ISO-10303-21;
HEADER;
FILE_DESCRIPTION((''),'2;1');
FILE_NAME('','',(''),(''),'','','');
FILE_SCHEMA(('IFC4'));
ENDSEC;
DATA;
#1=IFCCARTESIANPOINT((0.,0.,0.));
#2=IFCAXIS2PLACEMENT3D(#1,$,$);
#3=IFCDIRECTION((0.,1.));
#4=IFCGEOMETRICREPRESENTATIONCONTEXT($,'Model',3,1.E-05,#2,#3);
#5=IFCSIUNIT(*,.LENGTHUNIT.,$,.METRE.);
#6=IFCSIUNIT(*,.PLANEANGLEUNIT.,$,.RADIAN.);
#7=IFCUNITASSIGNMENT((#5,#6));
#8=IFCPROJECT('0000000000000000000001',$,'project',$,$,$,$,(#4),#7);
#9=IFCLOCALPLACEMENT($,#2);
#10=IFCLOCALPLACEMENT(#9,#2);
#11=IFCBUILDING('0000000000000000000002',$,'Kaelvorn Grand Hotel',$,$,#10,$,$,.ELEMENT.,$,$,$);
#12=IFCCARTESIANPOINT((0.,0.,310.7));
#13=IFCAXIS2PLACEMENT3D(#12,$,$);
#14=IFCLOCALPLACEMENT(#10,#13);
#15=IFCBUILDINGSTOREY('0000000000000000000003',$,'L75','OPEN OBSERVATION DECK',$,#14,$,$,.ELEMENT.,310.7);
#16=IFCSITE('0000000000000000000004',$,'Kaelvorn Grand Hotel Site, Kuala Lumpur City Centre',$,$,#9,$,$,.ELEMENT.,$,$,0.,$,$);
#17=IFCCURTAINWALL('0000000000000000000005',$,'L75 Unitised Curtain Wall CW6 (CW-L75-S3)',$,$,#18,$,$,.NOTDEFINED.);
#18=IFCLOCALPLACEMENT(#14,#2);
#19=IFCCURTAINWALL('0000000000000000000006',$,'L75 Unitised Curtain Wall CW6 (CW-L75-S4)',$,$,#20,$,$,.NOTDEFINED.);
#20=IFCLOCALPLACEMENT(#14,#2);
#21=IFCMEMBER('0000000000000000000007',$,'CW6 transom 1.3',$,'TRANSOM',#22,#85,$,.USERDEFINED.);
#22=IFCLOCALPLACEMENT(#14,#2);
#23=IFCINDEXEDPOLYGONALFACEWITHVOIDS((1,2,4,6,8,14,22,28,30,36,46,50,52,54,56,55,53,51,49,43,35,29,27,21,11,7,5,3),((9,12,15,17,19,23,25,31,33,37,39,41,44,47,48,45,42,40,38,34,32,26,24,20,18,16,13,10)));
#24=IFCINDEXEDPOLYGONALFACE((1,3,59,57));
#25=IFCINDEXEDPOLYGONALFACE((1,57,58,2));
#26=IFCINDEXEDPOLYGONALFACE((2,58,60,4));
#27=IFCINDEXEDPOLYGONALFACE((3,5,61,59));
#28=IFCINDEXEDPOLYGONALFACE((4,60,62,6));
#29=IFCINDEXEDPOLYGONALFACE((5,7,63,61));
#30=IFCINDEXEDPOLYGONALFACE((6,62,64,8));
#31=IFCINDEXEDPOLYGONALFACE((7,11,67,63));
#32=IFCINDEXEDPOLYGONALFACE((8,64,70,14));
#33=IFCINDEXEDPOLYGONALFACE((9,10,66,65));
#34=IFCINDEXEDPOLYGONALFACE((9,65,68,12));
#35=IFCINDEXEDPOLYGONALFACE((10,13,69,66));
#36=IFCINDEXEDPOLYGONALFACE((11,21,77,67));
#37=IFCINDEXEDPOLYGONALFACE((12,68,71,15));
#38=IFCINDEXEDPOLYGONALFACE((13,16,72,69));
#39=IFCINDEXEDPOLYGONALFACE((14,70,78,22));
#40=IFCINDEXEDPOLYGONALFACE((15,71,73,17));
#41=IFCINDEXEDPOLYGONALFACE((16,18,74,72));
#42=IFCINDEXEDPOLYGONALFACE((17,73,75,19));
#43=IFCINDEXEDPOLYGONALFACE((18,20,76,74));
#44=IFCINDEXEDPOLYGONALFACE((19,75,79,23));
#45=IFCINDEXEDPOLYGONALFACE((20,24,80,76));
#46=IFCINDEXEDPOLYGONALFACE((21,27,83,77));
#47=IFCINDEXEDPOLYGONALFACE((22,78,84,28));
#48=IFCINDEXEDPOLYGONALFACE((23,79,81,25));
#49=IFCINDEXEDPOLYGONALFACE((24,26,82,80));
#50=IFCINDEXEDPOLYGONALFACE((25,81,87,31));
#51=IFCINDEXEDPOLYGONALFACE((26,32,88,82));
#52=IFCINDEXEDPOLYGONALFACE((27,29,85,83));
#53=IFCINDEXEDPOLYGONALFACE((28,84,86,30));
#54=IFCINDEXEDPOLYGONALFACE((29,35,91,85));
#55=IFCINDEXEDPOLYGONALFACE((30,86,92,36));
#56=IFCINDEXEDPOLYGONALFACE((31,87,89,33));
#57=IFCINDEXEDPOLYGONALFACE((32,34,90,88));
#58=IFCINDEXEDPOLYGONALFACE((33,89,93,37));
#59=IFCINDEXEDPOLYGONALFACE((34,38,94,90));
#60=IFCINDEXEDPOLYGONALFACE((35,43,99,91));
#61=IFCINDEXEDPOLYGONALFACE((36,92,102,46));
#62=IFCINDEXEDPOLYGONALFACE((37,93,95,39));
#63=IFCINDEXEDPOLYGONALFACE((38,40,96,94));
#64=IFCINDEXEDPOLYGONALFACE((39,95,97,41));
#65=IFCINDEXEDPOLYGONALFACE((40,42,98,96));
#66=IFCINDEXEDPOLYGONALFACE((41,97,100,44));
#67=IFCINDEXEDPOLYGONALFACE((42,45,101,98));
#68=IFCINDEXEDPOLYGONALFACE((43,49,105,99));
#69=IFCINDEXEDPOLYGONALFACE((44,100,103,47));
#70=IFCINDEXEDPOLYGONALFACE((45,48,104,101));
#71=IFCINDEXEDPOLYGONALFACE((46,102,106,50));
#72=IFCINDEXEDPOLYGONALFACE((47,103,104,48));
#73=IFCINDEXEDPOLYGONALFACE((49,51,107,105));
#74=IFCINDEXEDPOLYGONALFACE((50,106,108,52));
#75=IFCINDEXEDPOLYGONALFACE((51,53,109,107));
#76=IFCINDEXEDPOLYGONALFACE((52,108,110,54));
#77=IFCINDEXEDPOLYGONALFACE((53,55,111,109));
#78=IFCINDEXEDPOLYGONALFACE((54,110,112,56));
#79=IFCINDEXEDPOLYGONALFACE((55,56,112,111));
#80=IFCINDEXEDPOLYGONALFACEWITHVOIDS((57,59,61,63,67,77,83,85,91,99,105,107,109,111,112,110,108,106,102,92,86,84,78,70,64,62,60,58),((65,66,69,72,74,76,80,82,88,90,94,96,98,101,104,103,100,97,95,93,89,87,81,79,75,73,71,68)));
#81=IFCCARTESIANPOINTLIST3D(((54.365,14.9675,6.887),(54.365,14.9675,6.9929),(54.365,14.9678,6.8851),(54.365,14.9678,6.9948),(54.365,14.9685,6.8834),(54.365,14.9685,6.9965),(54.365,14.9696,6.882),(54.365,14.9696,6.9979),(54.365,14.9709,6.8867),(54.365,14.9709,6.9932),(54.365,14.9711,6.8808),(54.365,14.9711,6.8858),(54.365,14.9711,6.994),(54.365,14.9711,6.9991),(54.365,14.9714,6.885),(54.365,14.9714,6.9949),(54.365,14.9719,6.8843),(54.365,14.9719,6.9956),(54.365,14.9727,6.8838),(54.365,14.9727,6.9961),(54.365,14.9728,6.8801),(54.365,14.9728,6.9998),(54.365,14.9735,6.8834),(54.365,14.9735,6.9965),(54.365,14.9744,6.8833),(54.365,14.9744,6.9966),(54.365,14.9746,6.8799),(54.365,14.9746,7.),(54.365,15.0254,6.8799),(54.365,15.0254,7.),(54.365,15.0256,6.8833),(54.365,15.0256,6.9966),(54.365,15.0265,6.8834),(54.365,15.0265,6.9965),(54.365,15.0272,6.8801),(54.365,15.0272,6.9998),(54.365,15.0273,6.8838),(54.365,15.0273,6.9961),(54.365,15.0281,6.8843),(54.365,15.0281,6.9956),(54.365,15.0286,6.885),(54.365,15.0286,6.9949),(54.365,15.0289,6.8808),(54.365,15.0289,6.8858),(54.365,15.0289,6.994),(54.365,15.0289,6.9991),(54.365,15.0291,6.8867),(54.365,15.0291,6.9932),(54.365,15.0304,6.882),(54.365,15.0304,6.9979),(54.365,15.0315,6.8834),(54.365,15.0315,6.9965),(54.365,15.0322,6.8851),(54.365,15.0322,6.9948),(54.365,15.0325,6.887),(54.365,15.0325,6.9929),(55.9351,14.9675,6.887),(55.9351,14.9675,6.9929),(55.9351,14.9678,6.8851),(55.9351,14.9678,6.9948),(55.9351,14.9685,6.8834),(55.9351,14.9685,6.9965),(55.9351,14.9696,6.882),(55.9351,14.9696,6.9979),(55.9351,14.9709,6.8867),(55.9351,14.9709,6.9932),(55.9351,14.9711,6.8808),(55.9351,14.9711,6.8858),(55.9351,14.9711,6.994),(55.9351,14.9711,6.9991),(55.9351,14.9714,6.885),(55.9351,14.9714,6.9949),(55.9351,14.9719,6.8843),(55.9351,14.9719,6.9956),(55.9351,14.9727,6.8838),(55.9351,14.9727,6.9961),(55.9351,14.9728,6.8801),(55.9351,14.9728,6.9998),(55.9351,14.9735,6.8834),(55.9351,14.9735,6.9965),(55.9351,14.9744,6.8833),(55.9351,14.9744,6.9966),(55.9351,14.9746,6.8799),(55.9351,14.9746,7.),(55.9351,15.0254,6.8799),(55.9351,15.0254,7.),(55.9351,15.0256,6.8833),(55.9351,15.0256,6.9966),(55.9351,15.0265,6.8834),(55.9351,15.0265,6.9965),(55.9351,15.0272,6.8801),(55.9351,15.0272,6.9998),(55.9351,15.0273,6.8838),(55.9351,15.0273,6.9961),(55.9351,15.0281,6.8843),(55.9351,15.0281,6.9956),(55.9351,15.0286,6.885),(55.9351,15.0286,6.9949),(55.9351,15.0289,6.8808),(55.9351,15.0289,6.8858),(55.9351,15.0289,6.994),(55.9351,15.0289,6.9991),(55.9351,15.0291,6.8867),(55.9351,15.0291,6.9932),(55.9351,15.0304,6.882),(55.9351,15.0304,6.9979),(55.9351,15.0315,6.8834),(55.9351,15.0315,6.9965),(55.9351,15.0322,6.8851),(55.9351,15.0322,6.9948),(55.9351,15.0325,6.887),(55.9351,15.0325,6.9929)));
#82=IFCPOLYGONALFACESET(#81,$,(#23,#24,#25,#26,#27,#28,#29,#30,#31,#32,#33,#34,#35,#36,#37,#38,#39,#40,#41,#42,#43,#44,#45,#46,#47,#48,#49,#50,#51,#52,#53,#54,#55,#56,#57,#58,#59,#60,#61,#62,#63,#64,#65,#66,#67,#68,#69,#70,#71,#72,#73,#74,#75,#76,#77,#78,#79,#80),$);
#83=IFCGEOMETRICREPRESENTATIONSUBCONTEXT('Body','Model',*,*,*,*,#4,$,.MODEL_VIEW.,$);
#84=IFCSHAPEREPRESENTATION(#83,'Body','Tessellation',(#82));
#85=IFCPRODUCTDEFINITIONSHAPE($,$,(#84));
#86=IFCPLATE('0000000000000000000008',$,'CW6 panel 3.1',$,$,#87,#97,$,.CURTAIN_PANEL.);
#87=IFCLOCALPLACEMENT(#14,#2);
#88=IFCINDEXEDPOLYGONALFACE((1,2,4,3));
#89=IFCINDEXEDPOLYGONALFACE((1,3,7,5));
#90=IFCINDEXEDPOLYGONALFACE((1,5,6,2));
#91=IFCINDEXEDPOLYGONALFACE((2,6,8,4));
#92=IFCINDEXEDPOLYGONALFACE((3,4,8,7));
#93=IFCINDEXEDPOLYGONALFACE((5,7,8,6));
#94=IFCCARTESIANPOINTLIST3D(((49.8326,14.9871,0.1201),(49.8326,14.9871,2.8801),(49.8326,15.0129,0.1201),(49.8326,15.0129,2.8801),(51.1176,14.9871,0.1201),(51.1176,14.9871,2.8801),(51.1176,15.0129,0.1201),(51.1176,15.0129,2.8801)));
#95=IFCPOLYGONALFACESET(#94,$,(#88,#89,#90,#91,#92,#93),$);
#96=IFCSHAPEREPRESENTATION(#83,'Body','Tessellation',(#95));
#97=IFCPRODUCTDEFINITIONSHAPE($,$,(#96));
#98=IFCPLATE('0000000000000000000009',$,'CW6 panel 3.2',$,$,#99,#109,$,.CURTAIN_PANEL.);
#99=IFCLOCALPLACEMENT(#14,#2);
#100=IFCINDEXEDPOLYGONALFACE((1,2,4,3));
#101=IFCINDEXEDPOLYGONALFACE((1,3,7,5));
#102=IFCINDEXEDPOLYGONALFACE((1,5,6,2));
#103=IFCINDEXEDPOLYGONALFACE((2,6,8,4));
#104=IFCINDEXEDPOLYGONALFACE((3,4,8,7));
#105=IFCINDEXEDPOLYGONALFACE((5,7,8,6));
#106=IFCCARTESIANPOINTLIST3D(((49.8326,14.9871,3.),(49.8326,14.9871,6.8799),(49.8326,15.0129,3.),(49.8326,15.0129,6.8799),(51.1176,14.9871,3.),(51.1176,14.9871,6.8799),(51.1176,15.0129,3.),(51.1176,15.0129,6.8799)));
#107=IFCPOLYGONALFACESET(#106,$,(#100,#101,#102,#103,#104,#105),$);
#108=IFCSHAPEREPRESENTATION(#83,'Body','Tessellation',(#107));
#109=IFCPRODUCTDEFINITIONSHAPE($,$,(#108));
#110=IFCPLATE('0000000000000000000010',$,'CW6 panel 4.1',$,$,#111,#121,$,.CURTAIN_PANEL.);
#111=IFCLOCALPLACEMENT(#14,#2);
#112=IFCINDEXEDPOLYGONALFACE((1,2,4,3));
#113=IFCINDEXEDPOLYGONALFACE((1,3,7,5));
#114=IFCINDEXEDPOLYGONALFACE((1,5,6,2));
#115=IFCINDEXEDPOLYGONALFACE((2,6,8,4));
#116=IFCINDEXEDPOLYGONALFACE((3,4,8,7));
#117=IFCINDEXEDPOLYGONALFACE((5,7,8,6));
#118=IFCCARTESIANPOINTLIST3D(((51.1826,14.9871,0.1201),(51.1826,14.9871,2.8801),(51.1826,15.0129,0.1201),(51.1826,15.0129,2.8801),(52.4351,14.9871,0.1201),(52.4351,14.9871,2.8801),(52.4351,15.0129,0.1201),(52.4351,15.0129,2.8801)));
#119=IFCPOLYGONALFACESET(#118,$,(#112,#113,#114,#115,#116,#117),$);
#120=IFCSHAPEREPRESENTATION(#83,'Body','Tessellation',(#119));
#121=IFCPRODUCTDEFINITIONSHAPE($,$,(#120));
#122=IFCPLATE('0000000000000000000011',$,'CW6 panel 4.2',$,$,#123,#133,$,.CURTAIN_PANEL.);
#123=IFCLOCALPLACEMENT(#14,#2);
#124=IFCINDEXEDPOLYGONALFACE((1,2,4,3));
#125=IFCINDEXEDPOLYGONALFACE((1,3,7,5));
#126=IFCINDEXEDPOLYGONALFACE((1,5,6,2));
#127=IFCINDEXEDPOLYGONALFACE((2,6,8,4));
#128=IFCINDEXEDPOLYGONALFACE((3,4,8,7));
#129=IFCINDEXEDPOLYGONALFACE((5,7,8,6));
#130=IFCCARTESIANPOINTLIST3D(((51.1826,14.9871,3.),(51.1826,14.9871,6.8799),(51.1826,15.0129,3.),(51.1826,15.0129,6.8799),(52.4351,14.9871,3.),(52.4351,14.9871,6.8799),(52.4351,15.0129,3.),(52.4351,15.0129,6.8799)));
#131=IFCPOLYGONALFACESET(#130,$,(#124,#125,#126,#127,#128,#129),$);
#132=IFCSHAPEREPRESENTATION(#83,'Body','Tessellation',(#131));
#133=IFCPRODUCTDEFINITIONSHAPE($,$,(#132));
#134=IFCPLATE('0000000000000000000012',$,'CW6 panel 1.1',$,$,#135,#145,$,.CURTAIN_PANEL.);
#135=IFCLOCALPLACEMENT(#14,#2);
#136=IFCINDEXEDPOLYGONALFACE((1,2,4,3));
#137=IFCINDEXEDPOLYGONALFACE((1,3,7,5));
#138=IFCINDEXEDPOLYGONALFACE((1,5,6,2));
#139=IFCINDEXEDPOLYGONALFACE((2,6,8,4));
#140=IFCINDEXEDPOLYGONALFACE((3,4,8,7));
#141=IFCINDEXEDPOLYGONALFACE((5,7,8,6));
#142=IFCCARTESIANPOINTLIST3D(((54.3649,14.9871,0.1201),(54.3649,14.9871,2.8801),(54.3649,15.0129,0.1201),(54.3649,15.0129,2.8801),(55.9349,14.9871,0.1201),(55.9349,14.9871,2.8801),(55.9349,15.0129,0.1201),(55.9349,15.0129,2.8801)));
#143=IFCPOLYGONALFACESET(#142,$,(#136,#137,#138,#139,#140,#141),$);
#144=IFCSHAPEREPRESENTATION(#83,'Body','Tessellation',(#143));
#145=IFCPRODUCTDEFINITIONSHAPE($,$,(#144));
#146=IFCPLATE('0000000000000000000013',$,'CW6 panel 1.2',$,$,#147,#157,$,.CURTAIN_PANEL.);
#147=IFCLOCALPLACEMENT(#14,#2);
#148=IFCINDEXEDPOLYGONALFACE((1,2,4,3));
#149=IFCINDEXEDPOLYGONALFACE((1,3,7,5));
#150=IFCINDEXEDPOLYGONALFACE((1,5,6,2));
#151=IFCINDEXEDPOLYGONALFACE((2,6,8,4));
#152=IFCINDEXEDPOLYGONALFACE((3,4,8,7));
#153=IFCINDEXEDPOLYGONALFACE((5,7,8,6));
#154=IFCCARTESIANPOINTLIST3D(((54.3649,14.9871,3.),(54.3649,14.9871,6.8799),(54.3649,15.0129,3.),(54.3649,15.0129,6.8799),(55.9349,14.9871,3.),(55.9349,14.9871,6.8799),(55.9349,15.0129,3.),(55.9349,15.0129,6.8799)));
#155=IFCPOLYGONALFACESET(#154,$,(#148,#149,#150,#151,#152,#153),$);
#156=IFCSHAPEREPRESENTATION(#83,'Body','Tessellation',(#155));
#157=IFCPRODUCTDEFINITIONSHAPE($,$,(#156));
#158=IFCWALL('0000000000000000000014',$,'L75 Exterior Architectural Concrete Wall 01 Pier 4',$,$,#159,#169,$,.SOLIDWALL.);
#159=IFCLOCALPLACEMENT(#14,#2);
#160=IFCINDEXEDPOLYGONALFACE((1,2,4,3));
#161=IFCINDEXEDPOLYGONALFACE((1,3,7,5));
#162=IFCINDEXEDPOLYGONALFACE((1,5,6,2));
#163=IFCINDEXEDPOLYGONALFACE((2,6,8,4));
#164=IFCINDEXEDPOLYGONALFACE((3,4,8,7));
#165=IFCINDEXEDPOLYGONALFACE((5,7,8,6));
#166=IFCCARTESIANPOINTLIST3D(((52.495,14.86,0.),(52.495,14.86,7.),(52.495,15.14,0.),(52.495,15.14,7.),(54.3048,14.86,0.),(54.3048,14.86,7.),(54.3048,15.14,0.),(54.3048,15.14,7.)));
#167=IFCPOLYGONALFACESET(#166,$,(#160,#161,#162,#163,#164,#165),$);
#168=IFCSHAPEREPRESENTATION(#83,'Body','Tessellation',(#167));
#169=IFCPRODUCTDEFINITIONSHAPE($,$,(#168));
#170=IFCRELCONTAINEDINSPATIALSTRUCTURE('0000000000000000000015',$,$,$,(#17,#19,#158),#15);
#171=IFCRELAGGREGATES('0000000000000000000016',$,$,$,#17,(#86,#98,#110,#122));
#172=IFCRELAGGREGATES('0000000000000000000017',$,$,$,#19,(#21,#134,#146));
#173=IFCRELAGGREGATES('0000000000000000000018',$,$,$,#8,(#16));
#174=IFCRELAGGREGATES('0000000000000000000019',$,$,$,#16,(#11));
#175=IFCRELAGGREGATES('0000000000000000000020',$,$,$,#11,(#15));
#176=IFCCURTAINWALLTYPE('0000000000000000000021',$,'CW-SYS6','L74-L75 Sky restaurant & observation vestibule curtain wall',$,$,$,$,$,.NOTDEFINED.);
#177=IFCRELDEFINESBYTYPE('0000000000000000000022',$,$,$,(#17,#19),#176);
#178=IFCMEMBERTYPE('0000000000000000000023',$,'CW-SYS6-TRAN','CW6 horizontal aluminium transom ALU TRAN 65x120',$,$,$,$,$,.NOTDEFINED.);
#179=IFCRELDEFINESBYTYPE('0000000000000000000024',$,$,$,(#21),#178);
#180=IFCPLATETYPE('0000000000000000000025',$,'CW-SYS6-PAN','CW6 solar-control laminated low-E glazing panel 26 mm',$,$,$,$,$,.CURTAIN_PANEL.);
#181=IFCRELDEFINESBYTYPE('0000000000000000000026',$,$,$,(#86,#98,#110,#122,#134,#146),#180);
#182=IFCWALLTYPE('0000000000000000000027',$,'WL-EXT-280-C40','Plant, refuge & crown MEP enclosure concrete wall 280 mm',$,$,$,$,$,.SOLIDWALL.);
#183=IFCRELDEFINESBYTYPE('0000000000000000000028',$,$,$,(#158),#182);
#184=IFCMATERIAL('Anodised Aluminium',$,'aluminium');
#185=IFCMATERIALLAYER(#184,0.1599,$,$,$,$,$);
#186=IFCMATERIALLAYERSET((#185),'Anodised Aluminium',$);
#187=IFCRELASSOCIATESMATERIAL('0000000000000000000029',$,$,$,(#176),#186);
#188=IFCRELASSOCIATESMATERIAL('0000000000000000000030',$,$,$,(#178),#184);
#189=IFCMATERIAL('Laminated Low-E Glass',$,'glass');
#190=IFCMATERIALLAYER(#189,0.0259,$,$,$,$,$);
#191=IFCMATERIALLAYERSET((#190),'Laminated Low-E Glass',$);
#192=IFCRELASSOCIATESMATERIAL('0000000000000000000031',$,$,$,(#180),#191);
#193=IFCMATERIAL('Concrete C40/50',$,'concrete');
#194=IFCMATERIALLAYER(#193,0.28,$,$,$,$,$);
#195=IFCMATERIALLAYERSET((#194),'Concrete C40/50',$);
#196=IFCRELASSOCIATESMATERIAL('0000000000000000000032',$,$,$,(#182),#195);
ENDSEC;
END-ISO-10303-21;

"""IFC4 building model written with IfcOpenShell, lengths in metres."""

from ifc_helpers import new_model, si_unit, direction, frame, frame_2d, origin, origin_2d, place, context, subcontext, project, spatial, rectangle, hollow_rectangle, extrude, material, layer, layer_set, material_profile, profile_set, type_object, element, aggregate, save


model = new_model("IFC4")

# Units and contexts
model_context = context("Model", 3, precision=1e-05, world=origin(), true_north=direction((0.0, 1.0)))
body_context = subcontext(model_context, "Body", "Model", "MODEL_VIEW")
ifc_project = project(units=[si_unit("LENGTHUNIT", "METRE"), si_unit("PLANEANGLEUNIT", "RADIAN")], contexts=[model_context])

# Site, building, storey
site_placement = place(None, origin())
site = spatial("IfcSite", under=ifc_project, at=site_placement, Name="Kaelvorn Grand Hotel Site, Kuala Lumpur City Centre", CompositionType="ELEMENT", RefElevation=0.0)
building_placement = place(site_placement, origin())
building = spatial("IfcBuilding", under=site, at=building_placement, Name="Kaelvorn Grand Hotel", CompositionType="ELEMENT")
storey_placement = place(building_placement, frame((0.0, 0.0, 310.7)))
storey = spatial("IfcBuildingStorey", under=building, at=storey_placement, Name="L75", Description="OPEN OBSERVATION DECK", CompositionType="ELEMENT", Elevation=310.7)

# Curtain walls
ifc_material_1 = material(Name="Anodised Aluminium", Category="aluminium")
ifc_layer_1 = layer(ifc_material_1, 0.1599)
ifc_layer_set_1 = layer_set([ifc_layer_1], Name="Anodised Aluminium")
curtain_wall_type = type_object("IfcCurtainWallType", Name="CW-SYS6", Description="L74-L75 Sky restaurant & observation vestibule curtain wall", PredefinedType="NOTDEFINED", material=ifc_layer_set_1)
curtain_wall_1_placement = place(storey_placement, origin())
curtain_wall_1 = element("IfcCurtainWall", 1, at=curtain_wall_1_placement, inside=storey, type_object=curtain_wall_type, Name="L75 Unitised Curtain Wall CW6 (CW-L75-S3)", PredefinedType="NOTDEFINED")
curtain_wall_2_placement = place(storey_placement, origin())
curtain_wall_2 = element("IfcCurtainWall", 2, at=curtain_wall_2_placement, inside=storey, type_object=curtain_wall_type, Name="L75 Unitised Curtain Wall CW6 (CW-L75-S4)", PredefinedType="NOTDEFINED")

# Member
ifc_material_profile_1 = material_profile(ifc_material_1, hollow_rectangle(XDim=0.0649, YDim=0.1201, WallThickness=0.0034, InnerFilletRadius=0.0034, OuterFilletRadius=0.0071, at=origin_2d()), Name="ALU TRAN 65x120")
ifc_profile_set_1 = profile_set([ifc_material_profile_1], Name="Anodised Aluminium")
member_type_1 = type_object("IfcMemberType", Name="CW-SYS6-TRAN", Description="CW6 horizontal aluminium transom ALU TRAN 65x120", PredefinedType="NOTDEFINED", material=ifc_profile_set_1)
member_1_placement = place(storey_placement, frame((54.365, 15.0, 6.9399), z_axis=(1.0, 0.0, 0.0), x_axis=(0.0, 1.0, 0.0)))
member_1 = element("IfcMember", 3, at=member_1_placement, type_object=member_type_1, Name="CW6 transom 1.3", ObjectType="TRANSOM", PredefinedType="USERDEFINED", context=body_context, shape_type="SweptSolid", body=[
    extrude(hollow_rectangle(XDim=0.0649, YDim=0.1201, WallThickness=0.0034, InnerFilletRadius=0.0034, OuterFilletRadius=0.0071, at=origin_2d()), origin(), (0.0, 0.0, 1.0), 1.5701),
])

# Plates
ifc_material_2 = material(Name="Laminated Low-E Glass", Category="glass")
ifc_layer_2 = layer(ifc_material_2, 0.0259)
ifc_layer_set_2 = layer_set([ifc_layer_2], Name="Laminated Low-E Glass")
plate_type = type_object("IfcPlateType", Name="CW-SYS6-PAN", Description="CW6 solar-control laminated low-E glazing panel 26 mm", PredefinedType="CURTAIN_PANEL", material=ifc_layer_set_2)
plate_1_placement = place(storey_placement, frame((50.4751, 15.0, 0.1201), z_axis=(0.0, 0.0, 1.0), x_axis=(1.0, 0.0, 0.0)))
plate_1 = element("IfcPlate", 4, at=plate_1_placement, type_object=plate_type, Name="CW6 panel 3.1", PredefinedType="CURTAIN_PANEL", context=body_context, shape_type="SweptSolid", body=[
    extrude(rectangle(XDim=1.2849, YDim=0.0259, at=origin_2d()), origin(), (0.0, 0.0, 1.0), 2.76),
])
plate_2_placement = place(storey_placement, frame((50.4751, 15.0, 3.0), z_axis=(0.0, 0.0, 1.0), x_axis=(1.0, 0.0, 0.0)))
plate_2 = element("IfcPlate", 5, at=plate_2_placement, type_object=plate_type, Name="CW6 panel 3.2", PredefinedType="CURTAIN_PANEL", context=body_context, shape_type="SweptSolid", body=[
    extrude(rectangle(XDim=1.2849, YDim=0.0259, at=origin_2d()), origin(), (0.0, 0.0, 1.0), 3.8799),
])
plate_3_placement = place(storey_placement, frame((51.8088, 15.0, 0.1201), z_axis=(0.0, 0.0, 1.0), x_axis=(1.0, 0.0, 0.0)))
plate_3 = element("IfcPlate", 6, at=plate_3_placement, type_object=plate_type, Name="CW6 panel 4.1", PredefinedType="CURTAIN_PANEL", context=body_context, shape_type="SweptSolid", body=[
    extrude(rectangle(XDim=1.2524, YDim=0.0259, at=origin_2d()), origin(), (0.0, 0.0, 1.0), 2.76),
])
plate_4_placement = place(storey_placement, frame((51.8088, 15.0, 3.0), z_axis=(0.0, 0.0, 1.0), x_axis=(1.0, 0.0, 0.0)))
plate_4 = element("IfcPlate", 7, at=plate_4_placement, type_object=plate_type, Name="CW6 panel 4.2", PredefinedType="CURTAIN_PANEL", context=body_context, shape_type="SweptSolid", body=[
    extrude(rectangle(XDim=1.2524, YDim=0.0259, at=origin_2d()), origin(), (0.0, 0.0, 1.0), 3.8799),
])
aggregate(curtain_wall_1, [plate_1, plate_2, plate_3, plate_4])
plate_5_placement = place(storey_placement, frame((55.1499, 15.0, 0.1201), z_axis=(0.0, 0.0, 1.0), x_axis=(1.0, 0.0, 0.0)))
plate_5 = element("IfcPlate", 8, at=plate_5_placement, type_object=plate_type, Name="CW6 panel 1.1", PredefinedType="CURTAIN_PANEL", context=body_context, shape_type="SweptSolid", body=[
    extrude(rectangle(XDim=1.5701, YDim=0.0259, at=origin_2d()), origin(), (0.0, 0.0, 1.0), 2.76),
])
plate_6_placement = place(storey_placement, frame((55.1499, 15.0, 3.0), z_axis=(0.0, 0.0, 1.0), x_axis=(1.0, 0.0, 0.0)))
plate_6 = element("IfcPlate", 9, at=plate_6_placement, type_object=plate_type, Name="CW6 panel 1.2", PredefinedType="CURTAIN_PANEL", context=body_context, shape_type="SweptSolid", body=[
    extrude(rectangle(XDim=1.5701, YDim=0.0259, at=origin_2d()), origin(), (0.0, 0.0, 1.0), 3.8799),
])
aggregate(curtain_wall_2, [member_1, plate_5, plate_6])

# Wall
ifc_material_3 = material(Name="Concrete C40/50", Category="concrete")
ifc_layer_3 = layer(ifc_material_3, 0.28)
ifc_layer_set_3 = layer_set([ifc_layer_3], Name="Concrete C40/50")
wall_type_1 = type_object("IfcWallType", Name="WL-EXT-280-C40", Description="Plant, refuge & crown MEP enclosure concrete wall 280 mm", PredefinedType="SOLIDWALL", material=ifc_layer_set_3)
wall_1_placement = place(storey_placement, frame((52.4951, 15.0, 0.0), z_axis=(0.0, 0.0, 1.0), x_axis=(1.0, 0.0, 0.0)))
element("IfcWall", 10, at=wall_1_placement, inside=storey, type_object=wall_type_1, Name="L75 Exterior Architectural Concrete Wall 01 Pier 4", PredefinedType="SOLIDWALL", context=body_context, shape_type="SweptSolid", body=[
    extrude(rectangle(XDim=1.8098, YDim=0.28, at=frame_2d((0.9048, 0.0))), origin(), (0.0, 0.0, 1.0), 7.0),
])

save(model, "model.ifc")
